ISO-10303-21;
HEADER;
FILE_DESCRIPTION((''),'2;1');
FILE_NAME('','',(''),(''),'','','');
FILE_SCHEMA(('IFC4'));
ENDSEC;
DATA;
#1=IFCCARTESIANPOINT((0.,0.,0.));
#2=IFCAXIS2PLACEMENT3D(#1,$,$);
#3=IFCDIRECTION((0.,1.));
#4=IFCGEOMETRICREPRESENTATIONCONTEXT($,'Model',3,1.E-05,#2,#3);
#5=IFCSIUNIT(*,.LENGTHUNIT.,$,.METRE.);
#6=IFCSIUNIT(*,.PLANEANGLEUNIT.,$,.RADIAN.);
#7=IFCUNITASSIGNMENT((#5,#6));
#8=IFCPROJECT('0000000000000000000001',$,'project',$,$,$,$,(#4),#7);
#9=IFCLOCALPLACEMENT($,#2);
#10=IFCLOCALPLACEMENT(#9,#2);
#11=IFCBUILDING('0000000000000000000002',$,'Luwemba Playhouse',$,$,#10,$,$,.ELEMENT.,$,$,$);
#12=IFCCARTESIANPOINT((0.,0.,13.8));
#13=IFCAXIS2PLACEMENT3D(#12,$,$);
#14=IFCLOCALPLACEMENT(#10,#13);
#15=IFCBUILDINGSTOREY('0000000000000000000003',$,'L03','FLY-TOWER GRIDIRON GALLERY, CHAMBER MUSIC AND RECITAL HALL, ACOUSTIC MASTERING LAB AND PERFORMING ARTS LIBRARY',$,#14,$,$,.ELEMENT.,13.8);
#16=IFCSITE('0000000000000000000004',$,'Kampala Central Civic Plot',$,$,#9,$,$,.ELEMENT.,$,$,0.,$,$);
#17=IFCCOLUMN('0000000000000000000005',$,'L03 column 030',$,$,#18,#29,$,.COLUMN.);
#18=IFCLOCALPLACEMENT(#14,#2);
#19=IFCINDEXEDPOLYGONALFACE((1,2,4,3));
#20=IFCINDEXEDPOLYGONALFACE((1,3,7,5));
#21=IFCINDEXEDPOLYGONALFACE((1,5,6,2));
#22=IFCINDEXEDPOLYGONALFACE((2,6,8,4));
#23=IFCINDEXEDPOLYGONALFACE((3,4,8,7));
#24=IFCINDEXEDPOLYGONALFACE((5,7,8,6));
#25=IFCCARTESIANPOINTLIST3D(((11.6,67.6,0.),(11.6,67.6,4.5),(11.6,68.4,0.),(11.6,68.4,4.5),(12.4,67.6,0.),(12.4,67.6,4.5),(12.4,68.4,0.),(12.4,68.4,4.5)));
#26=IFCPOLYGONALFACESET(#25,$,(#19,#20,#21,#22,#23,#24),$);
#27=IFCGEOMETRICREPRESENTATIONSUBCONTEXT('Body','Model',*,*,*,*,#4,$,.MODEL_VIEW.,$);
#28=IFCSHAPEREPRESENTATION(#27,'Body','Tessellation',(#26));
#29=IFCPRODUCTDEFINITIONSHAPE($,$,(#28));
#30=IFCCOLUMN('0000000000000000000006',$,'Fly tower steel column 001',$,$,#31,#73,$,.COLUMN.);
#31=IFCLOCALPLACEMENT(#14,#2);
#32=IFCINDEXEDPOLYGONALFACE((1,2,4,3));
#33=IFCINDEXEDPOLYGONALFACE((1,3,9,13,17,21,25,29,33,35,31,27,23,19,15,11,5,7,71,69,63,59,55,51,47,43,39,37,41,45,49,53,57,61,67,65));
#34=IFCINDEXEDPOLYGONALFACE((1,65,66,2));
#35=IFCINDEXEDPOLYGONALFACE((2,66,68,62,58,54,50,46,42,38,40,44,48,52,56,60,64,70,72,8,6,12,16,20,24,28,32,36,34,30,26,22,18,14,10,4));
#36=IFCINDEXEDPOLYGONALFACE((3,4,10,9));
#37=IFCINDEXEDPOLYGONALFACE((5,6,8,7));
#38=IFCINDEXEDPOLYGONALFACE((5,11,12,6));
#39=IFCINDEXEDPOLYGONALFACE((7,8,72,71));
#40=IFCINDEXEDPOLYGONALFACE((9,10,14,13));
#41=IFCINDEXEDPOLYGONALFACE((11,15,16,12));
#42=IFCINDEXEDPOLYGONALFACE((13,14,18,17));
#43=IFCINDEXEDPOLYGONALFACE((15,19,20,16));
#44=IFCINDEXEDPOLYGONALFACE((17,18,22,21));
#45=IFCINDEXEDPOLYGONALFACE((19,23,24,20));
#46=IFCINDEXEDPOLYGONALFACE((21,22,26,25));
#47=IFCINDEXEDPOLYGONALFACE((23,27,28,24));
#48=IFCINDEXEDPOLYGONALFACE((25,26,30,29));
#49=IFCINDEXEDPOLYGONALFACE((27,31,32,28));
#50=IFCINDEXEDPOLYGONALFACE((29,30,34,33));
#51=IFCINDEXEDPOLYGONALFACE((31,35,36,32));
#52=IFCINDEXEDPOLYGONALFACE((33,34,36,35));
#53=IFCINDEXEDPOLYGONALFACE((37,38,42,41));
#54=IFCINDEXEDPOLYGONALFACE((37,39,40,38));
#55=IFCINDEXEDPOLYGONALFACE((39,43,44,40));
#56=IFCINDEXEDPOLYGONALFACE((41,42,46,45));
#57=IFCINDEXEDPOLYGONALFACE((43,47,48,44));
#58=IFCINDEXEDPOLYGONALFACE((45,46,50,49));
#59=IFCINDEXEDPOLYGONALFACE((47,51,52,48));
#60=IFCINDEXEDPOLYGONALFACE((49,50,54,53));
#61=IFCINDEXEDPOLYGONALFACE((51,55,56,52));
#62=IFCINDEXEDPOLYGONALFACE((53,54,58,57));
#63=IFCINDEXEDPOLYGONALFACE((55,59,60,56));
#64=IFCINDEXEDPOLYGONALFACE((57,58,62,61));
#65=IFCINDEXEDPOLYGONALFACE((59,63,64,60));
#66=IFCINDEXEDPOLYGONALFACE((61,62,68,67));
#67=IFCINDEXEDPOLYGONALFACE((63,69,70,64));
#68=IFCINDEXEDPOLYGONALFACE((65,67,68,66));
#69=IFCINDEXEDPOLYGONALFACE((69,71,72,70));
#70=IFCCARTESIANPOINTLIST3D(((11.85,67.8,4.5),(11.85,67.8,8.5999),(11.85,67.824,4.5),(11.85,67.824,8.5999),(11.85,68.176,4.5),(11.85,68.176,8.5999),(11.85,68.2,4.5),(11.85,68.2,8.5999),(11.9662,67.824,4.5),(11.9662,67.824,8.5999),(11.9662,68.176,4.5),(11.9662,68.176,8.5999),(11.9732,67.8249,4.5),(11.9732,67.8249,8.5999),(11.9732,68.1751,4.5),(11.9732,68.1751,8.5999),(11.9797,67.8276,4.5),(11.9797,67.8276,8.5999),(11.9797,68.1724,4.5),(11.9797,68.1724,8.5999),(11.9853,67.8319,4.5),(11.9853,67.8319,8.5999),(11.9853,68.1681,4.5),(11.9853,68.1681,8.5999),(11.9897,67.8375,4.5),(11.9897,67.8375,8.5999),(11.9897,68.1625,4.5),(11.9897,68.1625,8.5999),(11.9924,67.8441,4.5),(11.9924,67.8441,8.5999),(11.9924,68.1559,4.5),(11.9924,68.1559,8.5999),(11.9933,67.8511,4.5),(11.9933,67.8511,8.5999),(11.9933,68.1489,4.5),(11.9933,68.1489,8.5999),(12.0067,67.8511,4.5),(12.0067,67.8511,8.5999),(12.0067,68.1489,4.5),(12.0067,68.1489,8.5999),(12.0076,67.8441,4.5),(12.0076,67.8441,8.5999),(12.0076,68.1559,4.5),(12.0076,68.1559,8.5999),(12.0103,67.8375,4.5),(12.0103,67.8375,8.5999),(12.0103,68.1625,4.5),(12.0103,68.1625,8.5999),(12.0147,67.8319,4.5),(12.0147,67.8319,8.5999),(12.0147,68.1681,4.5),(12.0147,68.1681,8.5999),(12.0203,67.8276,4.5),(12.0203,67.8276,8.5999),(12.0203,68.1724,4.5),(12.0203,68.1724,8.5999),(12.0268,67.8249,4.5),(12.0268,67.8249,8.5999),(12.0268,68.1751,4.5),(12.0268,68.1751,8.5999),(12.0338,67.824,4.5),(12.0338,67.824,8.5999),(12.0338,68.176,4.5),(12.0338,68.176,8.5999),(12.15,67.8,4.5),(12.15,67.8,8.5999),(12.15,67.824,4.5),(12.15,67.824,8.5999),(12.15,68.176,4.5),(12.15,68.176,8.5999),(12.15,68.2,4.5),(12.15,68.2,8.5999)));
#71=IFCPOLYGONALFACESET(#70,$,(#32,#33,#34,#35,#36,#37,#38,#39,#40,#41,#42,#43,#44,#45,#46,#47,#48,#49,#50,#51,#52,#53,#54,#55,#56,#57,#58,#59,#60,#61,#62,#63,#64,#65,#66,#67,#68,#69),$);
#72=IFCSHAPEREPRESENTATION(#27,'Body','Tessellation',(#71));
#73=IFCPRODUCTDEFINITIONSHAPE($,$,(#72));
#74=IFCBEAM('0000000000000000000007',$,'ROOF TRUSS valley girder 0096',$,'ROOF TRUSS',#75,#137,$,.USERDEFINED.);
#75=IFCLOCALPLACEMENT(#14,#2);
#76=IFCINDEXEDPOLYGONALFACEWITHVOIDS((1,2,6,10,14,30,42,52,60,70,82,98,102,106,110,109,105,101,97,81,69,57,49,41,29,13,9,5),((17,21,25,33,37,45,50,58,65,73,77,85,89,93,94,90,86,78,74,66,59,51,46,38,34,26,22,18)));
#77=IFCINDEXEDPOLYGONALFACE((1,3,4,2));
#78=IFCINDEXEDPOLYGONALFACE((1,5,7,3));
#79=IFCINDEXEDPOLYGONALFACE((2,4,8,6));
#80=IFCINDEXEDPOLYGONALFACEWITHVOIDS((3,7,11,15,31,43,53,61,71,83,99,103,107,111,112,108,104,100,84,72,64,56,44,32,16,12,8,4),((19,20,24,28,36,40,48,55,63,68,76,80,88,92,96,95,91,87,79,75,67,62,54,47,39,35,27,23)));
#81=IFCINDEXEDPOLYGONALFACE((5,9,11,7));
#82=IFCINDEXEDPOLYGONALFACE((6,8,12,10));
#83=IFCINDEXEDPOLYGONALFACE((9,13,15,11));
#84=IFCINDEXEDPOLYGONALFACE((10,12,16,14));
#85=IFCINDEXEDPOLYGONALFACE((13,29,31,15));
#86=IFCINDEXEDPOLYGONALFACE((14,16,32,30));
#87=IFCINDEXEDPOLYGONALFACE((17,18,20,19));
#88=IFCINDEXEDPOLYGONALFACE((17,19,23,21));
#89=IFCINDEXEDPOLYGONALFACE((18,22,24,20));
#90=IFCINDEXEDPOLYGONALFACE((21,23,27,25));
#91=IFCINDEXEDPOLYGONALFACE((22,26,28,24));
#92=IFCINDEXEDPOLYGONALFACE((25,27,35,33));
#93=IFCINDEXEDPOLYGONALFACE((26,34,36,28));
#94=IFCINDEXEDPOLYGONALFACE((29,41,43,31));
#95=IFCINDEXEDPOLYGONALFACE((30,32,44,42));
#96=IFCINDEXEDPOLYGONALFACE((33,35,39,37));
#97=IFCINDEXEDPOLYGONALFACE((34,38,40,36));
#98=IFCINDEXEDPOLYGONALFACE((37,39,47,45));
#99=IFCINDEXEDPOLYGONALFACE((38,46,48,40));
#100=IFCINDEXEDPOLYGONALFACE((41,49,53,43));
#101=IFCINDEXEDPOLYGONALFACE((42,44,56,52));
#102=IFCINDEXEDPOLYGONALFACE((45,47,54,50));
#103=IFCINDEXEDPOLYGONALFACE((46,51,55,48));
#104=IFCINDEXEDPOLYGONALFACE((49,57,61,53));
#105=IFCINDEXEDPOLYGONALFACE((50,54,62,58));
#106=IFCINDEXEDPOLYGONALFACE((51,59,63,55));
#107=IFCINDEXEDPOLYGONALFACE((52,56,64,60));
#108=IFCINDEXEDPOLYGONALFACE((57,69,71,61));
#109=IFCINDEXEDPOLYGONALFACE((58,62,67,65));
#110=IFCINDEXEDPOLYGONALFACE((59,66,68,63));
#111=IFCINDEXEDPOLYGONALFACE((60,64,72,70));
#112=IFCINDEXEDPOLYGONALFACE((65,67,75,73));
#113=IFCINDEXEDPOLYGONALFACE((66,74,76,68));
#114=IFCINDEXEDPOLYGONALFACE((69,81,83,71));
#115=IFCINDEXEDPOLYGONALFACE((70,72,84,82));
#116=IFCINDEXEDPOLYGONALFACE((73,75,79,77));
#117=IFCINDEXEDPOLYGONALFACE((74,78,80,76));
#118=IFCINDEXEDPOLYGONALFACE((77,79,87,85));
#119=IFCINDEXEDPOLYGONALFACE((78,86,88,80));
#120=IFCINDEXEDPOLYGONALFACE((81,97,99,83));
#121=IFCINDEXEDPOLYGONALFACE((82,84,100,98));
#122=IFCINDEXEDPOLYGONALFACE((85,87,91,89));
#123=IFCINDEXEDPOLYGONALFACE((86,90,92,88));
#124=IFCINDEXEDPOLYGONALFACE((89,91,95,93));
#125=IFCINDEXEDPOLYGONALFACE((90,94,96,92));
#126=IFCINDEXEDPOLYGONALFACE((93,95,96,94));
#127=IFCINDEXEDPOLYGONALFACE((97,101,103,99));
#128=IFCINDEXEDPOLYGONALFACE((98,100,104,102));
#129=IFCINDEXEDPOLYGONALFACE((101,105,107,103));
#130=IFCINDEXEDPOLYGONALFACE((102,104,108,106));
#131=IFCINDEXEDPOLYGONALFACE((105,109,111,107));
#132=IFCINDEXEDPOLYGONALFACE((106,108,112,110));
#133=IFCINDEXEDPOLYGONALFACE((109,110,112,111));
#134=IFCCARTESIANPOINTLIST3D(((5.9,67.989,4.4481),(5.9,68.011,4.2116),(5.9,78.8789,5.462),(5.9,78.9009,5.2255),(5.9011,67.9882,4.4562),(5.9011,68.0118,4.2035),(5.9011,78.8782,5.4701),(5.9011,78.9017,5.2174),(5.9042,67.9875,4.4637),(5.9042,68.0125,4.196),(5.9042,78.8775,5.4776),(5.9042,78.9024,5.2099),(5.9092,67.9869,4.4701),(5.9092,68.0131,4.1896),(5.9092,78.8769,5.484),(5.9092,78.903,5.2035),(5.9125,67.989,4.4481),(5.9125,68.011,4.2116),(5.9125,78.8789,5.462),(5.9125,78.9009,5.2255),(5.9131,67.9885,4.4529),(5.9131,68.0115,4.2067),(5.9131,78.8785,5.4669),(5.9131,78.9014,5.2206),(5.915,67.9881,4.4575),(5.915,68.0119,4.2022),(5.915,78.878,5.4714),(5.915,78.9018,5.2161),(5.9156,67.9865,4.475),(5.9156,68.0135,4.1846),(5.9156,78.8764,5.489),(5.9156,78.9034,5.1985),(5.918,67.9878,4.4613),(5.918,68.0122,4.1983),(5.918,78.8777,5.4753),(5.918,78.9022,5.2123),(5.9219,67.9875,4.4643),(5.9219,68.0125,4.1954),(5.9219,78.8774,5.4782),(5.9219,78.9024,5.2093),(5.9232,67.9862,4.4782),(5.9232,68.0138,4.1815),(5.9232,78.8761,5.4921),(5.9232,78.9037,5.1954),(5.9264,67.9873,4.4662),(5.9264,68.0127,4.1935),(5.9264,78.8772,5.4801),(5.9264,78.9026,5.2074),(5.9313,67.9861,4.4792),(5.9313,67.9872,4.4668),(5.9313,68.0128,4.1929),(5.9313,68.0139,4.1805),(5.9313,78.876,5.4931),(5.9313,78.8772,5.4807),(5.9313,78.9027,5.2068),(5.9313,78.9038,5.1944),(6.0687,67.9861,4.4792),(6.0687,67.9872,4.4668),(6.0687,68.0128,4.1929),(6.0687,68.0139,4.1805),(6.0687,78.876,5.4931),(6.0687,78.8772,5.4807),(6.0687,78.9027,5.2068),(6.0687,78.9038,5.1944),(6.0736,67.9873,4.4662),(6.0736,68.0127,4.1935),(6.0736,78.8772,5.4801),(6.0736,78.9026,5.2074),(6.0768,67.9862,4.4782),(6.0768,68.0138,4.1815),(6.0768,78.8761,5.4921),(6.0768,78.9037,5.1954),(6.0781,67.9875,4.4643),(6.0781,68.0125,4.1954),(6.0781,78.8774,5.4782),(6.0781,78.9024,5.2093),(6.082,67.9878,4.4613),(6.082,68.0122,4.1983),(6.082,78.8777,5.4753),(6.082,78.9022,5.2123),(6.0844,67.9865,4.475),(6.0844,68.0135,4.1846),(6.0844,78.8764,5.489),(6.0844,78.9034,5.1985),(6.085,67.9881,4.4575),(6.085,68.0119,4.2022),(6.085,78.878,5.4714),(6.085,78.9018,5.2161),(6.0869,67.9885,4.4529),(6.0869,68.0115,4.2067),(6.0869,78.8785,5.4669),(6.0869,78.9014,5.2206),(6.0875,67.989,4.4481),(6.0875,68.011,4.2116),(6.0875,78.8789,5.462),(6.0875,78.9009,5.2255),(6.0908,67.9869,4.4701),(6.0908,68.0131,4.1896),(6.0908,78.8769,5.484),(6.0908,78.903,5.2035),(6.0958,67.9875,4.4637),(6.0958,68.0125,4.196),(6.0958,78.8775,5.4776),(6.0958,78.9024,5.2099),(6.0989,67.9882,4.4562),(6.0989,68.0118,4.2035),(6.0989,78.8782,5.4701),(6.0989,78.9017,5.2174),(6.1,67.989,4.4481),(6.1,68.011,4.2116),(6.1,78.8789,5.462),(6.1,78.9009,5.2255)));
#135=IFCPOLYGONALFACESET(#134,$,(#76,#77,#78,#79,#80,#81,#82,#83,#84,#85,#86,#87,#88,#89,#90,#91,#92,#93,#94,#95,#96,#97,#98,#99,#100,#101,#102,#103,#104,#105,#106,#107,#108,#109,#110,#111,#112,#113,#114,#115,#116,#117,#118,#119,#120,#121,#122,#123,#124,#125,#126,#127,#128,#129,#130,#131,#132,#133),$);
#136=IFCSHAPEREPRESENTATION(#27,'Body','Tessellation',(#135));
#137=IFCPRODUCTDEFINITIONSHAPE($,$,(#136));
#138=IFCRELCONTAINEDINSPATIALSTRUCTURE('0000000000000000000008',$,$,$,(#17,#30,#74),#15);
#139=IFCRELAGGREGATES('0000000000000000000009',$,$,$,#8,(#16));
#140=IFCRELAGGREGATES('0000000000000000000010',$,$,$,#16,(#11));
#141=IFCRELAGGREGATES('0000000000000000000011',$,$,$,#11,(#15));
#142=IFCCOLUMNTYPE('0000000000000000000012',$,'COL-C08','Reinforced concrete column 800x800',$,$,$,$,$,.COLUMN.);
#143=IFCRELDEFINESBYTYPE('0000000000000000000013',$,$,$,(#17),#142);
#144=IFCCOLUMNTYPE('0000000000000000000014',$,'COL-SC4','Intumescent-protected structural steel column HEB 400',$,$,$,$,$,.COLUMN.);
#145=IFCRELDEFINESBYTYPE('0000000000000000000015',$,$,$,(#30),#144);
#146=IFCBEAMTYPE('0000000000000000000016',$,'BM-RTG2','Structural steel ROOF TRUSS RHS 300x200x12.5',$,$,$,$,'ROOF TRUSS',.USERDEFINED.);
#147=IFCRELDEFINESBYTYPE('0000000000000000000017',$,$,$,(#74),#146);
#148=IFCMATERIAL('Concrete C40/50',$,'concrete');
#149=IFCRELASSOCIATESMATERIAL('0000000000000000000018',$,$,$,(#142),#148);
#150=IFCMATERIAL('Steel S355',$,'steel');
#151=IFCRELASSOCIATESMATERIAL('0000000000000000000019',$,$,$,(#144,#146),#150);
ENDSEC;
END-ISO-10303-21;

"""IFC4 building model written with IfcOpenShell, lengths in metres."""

from ifc_helpers import new_model, si_unit, direction, frame, origin, origin_2d, place, context, subcontext, project, spatial, rectangle, hollow_rectangle, i_section, extrude, material, material_profile, profile_set, type_object, element, save


model = new_model("IFC4")

# Units and contexts
model_context = context("Model", 3, precision=1e-05, world=origin(), true_north=direction((0.0, 1.0)))
body_context = subcontext(model_context, "Body", "Model", "MODEL_VIEW")
ifc_project = project(units=[si_unit("LENGTHUNIT", "METRE"), si_unit("PLANEANGLEUNIT", "RADIAN")], contexts=[model_context])

# Site, building, storey
site_placement = place(None, origin())
site = spatial("IfcSite", under=ifc_project, at=site_placement, Name="Kampala Central Civic Plot", CompositionType="ELEMENT", RefElevation=0.0)
building_placement = place(site_placement, origin())
building = spatial("IfcBuilding", under=site, at=building_placement, Name="Luwemba Playhouse", CompositionType="ELEMENT")
storey_placement = place(building_placement, frame((0.0, 0.0, 13.8)))
storey = spatial("IfcBuildingStorey", under=building, at=storey_placement, Name="L03", Description="FLY-TOWER GRIDIRON GALLERY, CHAMBER MUSIC AND RECITAL HALL, ACOUSTIC MASTERING LAB AND PERFORMING ARTS LIBRARY", CompositionType="ELEMENT", Elevation=13.8)

# Columns
ifc_material_1 = material(Name="Concrete C40/50", Category="concrete")
ifc_material_profile_1 = material_profile(ifc_material_1, rectangle(XDim=0.8, YDim=0.8, at=origin_2d()))
ifc_profile_set_1 = profile_set([ifc_material_profile_1], Name="Concrete C40/50")
column_type_1 = type_object("IfcColumnType", Name="COL-C08", Description="Reinforced concrete column 800x800", PredefinedType="COLUMN", material=ifc_profile_set_1)
column_1_placement = place(storey_placement, frame((12.0, 68.0, 0.0), z_axis=(0.0, 0.0, 1.0), x_axis=(1.0, 0.0, 0.0)))
element("IfcColumn", 1, at=column_1_placement, inside=storey, type_object=column_type_1, Name="L03 column 030", PredefinedType="COLUMN", context=body_context, shape_type="SweptSolid", body=[
    extrude(rectangle(XDim=0.8, YDim=0.8, at=origin_2d()), origin(), (0.0, 0.0, 1.0), 4.5),
])
ifc_material_2 = material(Name="Steel S355", Category="steel")
ifc_material_profile_2 = material_profile(ifc_material_2, i_section(OverallWidth=0.3, OverallDepth=0.3999, WebThickness=0.0134, FlangeThickness=0.0239, FilletRadius=0.0271, at=origin_2d()))
ifc_profile_set_2 = profile_set([ifc_material_profile_2], Name="Steel S355")
column_type_2 = type_object("IfcColumnType", Name="COL-SC4", Description="Intumescent-protected structural steel column HEB 400", PredefinedType="COLUMN", material=ifc_profile_set_2)
column_2_placement = place(storey_placement, frame((12.0, 68.0, 4.5), z_axis=(0.0, 0.0, 1.0), x_axis=(1.0, 0.0, 0.0)))
element("IfcColumn", 2, at=column_2_placement, inside=storey, type_object=column_type_2, Name="Fly tower steel column 001", PredefinedType="COLUMN", context=body_context, shape_type="SweptSolid", body=[
    extrude(i_section(OverallWidth=0.3, OverallDepth=0.3999, WebThickness=0.0134, FlangeThickness=0.0239, FilletRadius=0.0271, at=origin_2d()), origin(), (0.0, 0.0, 1.0), 4.0999),
])

# Beam
ifc_material_profile_3 = material_profile(ifc_material_2, hollow_rectangle(XDim=0.2, YDim=0.3, WallThickness=0.0125, InnerFilletRadius=0.0188, OuterFilletRadius=0.0312, at=origin_2d()))
ifc_profile_set_3 = profile_set([ifc_material_profile_3], Name="Steel S355")
beam_type_1 = type_object("IfcBeamType", Name="BM-RTG2", Description="Structural steel ROOF TRUSS RHS 300x200x12.5", ElementType="ROOF TRUSS", PredefinedType="USERDEFINED", material=ifc_profile_set_3)
for number, where, z_axis, x_axis, name in (
    (3, (6.0, 68.0, 4.3298), (0.0, 0.995694, 0.092705), (-1.0, 0.0, 0.0), "ROOF TRUSS valley girder 0096"),
):
    element("IfcBeam", number, at=place(storey_placement, frame(where, z_axis=z_axis, x_axis=x_axis)), inside=storey, type_object=beam_type_1, Name=name, ObjectType="ROOF TRUSS", PredefinedType="USERDEFINED", context=body_context, shape_type="SweptSolid", body=[
        extrude(hollow_rectangle(XDim=0.2, YDim=0.3, WallThickness=0.0125, InnerFilletRadius=0.0188, OuterFilletRadius=0.0312, at=origin_2d()), origin(), (0.0, 0.0, 1.0), 10.937),
    ])

save(model, "model.ifc")
